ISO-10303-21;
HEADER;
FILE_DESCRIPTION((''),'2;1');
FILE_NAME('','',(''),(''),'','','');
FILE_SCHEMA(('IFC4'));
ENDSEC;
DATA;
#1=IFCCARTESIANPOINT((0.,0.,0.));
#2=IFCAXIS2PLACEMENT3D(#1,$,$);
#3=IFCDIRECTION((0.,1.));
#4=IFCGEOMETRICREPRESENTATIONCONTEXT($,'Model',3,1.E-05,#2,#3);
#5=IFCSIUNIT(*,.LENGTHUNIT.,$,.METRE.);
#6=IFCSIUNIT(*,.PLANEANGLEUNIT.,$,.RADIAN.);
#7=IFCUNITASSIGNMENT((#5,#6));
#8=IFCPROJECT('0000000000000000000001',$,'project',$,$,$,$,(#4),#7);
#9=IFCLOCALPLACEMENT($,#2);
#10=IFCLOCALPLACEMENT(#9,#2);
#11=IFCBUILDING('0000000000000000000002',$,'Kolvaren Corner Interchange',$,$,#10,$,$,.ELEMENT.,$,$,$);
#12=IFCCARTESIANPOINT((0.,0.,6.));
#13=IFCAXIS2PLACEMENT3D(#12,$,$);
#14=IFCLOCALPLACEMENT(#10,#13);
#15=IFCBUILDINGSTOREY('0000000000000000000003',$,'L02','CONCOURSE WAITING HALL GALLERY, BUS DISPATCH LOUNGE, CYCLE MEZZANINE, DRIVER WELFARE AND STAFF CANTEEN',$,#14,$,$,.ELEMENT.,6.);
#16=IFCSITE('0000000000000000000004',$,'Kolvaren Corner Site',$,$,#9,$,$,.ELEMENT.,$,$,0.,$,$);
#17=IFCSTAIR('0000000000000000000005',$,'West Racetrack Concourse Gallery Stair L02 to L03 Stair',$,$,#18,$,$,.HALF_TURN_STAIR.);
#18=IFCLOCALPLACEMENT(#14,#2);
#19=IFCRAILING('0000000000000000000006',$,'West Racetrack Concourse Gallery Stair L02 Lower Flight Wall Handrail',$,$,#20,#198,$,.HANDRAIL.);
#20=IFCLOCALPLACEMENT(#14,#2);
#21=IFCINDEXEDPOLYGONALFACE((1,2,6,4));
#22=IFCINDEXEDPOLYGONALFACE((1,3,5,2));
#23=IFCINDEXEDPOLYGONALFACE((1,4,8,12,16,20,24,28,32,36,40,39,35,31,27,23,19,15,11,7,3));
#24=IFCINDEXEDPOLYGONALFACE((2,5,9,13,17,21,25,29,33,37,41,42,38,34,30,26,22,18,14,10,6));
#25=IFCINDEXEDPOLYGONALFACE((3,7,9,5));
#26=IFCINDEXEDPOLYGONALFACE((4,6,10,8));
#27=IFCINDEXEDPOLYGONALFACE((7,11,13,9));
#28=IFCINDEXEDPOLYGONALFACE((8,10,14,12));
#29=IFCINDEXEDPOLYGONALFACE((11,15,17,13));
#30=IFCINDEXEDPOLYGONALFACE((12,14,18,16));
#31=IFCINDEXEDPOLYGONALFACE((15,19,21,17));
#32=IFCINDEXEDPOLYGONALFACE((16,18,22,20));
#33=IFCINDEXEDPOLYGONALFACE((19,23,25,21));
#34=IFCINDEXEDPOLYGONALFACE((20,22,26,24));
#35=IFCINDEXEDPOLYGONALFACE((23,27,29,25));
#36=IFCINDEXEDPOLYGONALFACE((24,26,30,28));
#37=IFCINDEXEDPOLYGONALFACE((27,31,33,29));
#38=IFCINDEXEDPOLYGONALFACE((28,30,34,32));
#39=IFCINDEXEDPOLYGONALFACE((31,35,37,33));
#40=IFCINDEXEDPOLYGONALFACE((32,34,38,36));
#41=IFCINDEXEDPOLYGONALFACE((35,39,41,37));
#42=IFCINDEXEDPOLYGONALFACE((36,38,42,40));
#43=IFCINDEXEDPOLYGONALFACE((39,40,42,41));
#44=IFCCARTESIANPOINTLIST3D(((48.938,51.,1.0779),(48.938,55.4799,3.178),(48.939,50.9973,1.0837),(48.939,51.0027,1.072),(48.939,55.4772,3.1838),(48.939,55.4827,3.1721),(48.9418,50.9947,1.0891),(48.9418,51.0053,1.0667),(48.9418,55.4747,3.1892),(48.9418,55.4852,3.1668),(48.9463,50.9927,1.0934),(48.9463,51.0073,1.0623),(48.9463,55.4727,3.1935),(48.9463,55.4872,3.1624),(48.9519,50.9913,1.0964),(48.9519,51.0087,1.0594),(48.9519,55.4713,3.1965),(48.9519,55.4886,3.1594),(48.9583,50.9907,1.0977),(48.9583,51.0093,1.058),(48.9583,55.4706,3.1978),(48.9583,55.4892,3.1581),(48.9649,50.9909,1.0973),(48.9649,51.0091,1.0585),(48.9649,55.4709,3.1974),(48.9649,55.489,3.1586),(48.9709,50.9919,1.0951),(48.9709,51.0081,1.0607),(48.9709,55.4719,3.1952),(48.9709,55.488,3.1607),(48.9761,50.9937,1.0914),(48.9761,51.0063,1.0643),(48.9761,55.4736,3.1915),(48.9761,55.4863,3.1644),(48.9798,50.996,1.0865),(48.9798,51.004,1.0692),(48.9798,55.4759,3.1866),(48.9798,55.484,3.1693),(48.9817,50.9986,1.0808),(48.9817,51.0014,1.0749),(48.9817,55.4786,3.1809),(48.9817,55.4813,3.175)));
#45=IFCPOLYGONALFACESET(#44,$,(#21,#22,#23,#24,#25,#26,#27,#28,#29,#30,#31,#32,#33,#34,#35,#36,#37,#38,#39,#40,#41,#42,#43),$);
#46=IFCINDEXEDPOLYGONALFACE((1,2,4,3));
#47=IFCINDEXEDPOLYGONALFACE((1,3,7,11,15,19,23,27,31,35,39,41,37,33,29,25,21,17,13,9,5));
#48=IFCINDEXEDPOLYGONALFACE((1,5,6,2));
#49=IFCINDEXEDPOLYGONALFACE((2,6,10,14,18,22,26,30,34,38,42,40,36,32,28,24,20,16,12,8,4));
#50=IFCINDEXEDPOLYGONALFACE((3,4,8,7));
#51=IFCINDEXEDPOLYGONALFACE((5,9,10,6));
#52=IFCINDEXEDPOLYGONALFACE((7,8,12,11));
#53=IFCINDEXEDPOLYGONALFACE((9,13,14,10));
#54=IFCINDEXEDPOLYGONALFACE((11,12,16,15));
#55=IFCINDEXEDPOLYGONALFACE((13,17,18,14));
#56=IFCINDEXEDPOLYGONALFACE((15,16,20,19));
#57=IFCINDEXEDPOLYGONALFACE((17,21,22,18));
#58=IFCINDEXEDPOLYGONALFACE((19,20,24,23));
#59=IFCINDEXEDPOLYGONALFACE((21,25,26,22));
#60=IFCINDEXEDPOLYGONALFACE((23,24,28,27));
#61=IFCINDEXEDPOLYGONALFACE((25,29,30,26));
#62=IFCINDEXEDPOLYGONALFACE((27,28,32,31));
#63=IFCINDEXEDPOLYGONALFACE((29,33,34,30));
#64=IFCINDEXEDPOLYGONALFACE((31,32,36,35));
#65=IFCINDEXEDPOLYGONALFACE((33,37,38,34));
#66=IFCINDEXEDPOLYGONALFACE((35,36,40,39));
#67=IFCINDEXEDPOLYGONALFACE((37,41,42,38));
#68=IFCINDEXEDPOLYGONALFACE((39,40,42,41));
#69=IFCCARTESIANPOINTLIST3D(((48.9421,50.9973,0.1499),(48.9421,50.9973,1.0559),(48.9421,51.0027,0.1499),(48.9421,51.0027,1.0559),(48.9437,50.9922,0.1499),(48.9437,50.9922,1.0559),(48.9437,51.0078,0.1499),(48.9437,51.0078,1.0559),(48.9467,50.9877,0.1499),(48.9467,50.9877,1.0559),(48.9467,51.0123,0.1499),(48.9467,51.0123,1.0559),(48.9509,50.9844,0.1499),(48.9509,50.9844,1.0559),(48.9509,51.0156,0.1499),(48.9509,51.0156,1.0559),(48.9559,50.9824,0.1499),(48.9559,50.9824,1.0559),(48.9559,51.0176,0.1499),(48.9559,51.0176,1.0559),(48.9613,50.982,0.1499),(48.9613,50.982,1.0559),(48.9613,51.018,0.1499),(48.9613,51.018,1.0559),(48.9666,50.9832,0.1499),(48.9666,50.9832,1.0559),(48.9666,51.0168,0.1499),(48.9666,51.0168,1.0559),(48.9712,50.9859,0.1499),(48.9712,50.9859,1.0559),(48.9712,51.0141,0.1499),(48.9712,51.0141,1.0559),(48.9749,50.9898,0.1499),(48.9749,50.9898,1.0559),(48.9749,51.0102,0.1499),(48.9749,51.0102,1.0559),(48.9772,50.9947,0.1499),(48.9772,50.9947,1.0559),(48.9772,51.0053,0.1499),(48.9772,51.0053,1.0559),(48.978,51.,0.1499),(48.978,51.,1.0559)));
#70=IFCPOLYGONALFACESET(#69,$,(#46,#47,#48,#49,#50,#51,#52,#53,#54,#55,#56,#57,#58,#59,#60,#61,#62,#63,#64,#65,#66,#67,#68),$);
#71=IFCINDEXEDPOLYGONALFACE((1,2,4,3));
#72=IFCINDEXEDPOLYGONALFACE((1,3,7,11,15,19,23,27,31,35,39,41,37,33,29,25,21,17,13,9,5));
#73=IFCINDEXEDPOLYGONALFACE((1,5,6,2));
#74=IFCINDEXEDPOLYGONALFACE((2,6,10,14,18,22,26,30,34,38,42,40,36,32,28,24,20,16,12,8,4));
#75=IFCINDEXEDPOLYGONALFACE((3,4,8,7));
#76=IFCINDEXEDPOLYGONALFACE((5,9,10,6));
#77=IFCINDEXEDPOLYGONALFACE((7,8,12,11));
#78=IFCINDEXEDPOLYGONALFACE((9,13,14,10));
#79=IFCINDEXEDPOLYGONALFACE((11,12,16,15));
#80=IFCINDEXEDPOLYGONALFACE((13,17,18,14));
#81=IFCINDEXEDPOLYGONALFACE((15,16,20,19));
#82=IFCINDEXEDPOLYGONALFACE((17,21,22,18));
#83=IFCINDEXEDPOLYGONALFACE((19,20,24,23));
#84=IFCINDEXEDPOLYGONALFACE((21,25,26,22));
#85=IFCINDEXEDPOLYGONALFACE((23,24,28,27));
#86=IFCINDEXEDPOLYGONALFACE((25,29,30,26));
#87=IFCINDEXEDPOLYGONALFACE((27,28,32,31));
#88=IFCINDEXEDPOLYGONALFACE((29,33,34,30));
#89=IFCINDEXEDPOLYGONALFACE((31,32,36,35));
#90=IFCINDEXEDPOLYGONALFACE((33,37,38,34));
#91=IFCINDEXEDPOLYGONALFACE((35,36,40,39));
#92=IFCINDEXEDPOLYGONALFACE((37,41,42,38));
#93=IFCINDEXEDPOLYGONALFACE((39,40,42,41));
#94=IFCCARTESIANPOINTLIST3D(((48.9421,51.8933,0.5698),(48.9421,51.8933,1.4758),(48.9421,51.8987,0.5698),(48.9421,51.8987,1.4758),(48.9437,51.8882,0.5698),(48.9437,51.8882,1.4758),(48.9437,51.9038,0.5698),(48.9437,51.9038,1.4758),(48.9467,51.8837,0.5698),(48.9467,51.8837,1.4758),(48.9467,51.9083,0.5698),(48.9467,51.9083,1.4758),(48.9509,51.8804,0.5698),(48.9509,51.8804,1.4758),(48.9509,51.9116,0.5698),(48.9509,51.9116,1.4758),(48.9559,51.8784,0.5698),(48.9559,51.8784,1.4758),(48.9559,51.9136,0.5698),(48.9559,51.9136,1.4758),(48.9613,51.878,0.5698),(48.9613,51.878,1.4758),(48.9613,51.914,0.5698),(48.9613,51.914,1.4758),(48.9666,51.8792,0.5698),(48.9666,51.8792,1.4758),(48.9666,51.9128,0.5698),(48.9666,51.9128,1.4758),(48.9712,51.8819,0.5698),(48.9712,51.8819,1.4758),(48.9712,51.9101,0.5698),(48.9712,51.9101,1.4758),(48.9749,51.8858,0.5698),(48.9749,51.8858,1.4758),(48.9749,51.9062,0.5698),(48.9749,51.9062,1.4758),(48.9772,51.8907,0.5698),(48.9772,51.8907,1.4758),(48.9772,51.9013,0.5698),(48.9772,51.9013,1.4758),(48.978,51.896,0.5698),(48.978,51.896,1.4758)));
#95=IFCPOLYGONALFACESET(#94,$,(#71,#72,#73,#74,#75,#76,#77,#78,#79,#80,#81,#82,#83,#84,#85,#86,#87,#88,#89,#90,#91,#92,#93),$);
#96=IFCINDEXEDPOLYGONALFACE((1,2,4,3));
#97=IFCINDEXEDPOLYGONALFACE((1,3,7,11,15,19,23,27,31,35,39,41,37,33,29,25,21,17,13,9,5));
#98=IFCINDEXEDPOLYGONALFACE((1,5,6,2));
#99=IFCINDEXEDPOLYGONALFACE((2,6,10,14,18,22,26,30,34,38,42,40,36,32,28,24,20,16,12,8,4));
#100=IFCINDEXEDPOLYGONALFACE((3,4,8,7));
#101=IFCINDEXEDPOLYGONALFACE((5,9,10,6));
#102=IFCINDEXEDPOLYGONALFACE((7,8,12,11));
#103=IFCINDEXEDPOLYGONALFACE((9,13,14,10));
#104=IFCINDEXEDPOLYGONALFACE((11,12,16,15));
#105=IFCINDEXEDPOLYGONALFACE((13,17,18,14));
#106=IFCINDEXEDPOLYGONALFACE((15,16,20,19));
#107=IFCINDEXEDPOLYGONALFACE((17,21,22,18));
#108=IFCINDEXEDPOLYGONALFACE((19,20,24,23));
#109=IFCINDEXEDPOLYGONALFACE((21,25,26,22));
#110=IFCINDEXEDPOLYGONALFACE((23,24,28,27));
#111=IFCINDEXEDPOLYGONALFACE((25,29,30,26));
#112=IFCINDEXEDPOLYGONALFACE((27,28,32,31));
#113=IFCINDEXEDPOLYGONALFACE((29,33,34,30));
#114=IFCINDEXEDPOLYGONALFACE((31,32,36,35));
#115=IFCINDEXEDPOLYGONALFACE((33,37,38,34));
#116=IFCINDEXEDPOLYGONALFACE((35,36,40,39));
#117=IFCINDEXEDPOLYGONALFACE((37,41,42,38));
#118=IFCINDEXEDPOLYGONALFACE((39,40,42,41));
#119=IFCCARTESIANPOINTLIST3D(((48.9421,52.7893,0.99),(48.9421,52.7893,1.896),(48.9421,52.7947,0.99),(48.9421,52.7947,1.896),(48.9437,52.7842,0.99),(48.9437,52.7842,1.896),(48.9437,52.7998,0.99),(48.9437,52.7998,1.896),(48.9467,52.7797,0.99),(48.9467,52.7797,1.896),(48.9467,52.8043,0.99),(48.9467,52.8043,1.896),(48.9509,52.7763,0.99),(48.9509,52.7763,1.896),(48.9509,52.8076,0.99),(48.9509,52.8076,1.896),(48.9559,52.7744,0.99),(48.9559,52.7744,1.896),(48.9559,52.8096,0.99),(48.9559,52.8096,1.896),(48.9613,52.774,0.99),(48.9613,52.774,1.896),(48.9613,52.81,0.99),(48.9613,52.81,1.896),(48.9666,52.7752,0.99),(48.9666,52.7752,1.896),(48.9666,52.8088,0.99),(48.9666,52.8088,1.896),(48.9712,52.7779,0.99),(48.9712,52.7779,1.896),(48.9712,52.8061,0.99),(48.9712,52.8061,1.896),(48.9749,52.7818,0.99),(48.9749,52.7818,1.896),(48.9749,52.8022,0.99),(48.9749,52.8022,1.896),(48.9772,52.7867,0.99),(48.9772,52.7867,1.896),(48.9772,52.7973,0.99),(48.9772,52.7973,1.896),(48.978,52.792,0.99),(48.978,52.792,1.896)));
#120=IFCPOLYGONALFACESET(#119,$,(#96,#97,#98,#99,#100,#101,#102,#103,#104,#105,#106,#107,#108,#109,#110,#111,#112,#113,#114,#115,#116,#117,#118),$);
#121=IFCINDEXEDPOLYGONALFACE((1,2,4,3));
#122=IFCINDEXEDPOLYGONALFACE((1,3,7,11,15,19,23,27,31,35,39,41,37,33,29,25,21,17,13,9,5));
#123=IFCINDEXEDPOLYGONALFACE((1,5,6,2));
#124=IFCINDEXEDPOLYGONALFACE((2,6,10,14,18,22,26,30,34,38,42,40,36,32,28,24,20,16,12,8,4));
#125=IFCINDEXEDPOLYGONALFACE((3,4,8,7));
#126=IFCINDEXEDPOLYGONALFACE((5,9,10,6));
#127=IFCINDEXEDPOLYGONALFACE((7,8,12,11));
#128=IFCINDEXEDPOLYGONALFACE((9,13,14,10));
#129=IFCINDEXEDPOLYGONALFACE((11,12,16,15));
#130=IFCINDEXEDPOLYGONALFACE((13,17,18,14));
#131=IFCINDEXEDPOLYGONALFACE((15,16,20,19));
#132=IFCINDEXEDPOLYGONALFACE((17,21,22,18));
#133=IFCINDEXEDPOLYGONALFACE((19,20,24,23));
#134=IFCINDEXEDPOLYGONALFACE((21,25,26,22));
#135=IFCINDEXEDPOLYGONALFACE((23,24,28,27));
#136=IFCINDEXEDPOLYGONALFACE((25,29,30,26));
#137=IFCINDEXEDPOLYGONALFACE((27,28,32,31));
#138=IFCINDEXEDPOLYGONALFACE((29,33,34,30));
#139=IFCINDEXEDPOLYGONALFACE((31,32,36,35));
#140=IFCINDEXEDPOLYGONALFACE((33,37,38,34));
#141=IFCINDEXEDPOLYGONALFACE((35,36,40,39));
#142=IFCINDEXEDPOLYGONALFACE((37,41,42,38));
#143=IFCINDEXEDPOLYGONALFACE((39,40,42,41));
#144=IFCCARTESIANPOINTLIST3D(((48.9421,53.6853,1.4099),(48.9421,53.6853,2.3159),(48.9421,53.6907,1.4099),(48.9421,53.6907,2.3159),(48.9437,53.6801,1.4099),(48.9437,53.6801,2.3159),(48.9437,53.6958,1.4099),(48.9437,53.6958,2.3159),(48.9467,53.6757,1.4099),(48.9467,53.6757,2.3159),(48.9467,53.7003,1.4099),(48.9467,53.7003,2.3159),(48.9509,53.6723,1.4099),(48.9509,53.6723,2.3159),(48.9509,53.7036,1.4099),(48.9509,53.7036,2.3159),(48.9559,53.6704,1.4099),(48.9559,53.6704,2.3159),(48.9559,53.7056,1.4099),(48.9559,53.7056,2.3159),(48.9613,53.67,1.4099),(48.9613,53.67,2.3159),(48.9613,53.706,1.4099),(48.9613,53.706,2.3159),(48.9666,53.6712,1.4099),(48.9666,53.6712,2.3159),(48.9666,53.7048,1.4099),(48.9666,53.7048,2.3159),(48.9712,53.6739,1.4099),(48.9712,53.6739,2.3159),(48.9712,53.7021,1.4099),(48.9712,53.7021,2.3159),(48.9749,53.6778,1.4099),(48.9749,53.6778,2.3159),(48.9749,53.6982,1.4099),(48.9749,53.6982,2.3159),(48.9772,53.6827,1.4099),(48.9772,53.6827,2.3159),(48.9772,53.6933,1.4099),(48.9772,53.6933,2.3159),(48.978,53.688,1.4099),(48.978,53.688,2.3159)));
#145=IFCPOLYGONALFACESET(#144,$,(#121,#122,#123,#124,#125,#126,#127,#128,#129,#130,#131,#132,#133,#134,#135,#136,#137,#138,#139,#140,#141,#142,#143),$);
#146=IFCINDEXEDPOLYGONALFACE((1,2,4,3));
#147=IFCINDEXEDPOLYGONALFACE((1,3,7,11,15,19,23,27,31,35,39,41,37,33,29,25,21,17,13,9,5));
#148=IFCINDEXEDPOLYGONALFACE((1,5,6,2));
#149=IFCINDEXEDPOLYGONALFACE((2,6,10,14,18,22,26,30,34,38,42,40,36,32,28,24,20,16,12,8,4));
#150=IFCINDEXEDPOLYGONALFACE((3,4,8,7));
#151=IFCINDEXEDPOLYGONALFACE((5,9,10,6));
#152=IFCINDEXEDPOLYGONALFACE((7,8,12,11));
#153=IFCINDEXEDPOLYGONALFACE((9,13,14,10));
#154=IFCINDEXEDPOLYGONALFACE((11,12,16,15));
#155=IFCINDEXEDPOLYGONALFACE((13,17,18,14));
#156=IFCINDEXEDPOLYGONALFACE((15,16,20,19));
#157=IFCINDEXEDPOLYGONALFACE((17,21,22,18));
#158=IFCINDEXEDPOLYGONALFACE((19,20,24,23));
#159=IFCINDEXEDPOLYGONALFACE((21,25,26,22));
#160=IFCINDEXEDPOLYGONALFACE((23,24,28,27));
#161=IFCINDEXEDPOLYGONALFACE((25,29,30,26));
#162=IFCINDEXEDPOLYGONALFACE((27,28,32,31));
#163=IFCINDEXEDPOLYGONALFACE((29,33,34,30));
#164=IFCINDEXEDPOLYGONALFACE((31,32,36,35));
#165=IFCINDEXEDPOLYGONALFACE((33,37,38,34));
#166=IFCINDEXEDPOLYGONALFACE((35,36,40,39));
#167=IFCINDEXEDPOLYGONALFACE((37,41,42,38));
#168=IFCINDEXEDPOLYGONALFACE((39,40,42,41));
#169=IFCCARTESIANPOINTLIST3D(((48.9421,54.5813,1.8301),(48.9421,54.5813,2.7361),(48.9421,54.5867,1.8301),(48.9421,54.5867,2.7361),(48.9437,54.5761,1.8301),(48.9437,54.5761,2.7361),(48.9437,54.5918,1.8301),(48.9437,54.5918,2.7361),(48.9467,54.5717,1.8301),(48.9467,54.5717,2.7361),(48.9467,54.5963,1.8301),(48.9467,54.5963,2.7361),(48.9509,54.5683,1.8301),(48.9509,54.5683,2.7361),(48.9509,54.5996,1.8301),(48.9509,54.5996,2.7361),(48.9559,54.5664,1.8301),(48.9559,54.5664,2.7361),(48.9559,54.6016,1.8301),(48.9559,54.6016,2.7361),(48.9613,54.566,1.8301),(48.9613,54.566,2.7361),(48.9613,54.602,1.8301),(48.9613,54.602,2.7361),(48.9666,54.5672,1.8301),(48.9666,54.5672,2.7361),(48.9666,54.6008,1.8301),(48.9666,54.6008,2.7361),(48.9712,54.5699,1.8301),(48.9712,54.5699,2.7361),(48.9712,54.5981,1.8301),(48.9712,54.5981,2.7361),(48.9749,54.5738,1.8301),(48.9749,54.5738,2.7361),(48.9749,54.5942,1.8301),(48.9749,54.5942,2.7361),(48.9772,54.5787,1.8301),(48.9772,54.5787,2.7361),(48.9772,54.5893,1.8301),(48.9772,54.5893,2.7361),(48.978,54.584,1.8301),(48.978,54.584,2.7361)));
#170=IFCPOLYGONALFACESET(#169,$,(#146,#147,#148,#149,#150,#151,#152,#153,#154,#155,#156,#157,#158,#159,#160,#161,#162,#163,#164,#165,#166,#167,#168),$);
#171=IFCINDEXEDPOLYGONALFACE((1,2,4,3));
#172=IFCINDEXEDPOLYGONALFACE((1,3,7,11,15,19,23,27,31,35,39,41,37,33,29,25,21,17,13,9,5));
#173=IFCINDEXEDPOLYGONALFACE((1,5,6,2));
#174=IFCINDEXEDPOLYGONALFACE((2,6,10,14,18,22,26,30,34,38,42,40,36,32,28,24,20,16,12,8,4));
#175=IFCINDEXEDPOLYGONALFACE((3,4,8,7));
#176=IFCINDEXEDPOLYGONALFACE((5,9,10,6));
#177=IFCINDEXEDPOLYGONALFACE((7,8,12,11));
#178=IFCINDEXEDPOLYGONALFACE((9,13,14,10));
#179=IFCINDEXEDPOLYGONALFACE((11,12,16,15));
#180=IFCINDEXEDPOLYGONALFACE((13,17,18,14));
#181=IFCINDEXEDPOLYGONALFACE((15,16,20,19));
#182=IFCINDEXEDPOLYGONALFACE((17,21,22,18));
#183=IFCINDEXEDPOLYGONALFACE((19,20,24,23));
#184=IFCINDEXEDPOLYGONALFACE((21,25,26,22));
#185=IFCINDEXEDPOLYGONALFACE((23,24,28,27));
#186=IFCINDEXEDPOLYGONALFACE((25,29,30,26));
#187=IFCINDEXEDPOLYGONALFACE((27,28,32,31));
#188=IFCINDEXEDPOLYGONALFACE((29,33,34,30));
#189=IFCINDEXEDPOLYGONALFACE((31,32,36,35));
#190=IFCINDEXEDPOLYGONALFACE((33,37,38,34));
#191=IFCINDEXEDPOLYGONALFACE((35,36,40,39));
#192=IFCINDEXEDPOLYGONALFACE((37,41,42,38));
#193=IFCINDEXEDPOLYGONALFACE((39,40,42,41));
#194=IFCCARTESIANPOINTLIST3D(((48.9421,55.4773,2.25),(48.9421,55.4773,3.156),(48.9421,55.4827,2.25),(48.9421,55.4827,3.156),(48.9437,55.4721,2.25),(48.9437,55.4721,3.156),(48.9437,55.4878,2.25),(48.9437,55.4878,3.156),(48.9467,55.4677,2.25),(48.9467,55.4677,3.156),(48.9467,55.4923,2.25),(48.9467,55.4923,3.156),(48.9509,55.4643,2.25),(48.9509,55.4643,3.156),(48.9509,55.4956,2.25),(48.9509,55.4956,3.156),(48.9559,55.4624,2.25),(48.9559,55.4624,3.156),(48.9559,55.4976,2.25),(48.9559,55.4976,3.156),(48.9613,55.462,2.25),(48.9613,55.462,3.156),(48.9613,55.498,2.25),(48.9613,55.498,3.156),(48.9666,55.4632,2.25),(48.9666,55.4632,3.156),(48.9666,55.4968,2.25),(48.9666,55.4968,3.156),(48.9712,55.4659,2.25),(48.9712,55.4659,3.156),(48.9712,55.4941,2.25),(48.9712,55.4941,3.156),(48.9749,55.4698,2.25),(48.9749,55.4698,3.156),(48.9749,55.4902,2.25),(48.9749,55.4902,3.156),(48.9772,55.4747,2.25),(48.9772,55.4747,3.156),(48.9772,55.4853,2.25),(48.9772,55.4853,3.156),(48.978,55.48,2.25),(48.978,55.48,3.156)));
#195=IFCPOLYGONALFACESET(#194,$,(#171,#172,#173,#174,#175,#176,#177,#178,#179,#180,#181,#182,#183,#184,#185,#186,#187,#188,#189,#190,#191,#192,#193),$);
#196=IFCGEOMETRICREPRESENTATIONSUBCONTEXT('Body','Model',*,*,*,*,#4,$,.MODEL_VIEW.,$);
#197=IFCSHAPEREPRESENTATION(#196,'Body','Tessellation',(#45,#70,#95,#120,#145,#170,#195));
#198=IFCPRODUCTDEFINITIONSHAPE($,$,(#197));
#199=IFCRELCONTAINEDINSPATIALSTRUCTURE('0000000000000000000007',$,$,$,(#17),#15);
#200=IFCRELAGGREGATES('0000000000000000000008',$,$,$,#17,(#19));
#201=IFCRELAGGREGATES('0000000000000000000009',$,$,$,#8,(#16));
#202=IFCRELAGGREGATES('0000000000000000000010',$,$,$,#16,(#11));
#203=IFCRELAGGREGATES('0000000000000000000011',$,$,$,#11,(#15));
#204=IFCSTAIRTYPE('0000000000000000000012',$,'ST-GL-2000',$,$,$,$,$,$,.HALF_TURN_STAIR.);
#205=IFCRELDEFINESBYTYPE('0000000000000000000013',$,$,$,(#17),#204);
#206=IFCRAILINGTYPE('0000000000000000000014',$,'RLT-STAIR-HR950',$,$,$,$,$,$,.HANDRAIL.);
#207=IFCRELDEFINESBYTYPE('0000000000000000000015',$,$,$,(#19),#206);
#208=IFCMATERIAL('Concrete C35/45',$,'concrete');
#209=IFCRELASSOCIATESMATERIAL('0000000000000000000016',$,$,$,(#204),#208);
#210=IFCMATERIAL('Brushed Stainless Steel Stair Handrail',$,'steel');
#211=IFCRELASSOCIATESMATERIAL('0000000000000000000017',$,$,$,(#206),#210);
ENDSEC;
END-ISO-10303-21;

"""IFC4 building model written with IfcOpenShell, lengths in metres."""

from ifc_helpers import new_model, si_unit, direction, frame, origin, origin_2d, place, context, subcontext, project, spatial, circle, extrude, material, type_object, element, aggregate, save


model = new_model("IFC4")

# Units and contexts
model_context = context("Model", 3, precision=1e-05, world=origin(), true_north=direction((0.0, 1.0)))
body_context = subcontext(model_context, "Body", "Model", "MODEL_VIEW")
ifc_project = project(units=[si_unit("LENGTHUNIT", "METRE"), si_unit("PLANEANGLEUNIT", "RADIAN")], contexts=[model_context])

# Site, building, storey
site_placement = place(None, origin())
site = spatial("IfcSite", under=ifc_project, at=site_placement, Name="Kolvaren Corner Site", CompositionType="ELEMENT", RefElevation=0.0)
building_placement = place(site_placement, origin())
building = spatial("IfcBuilding", under=site, at=building_placement, Name="Kolvaren Corner Interchange", CompositionType="ELEMENT")
storey_placement = place(building_placement, frame((0.0, 0.0, 6.0)))
storey = spatial("IfcBuildingStorey", under=building, at=storey_placement, Name="L02", Description="CONCOURSE WAITING HALL GALLERY, BUS DISPATCH LOUNGE, CYCLE MEZZANINE, DRIVER WELFARE AND STAFF CANTEEN", CompositionType="ELEMENT", Elevation=6.0)

# Stair
ifc_material_1 = material(Name="Concrete C35/45", Category="concrete")
stair_type = type_object("IfcStairType", Name="ST-GL-2000", PredefinedType="HALF_TURN_STAIR", material=ifc_material_1)
stair_placement = place(storey_placement, origin())
stair = element("IfcStair", 1, at=stair_placement, inside=storey, type_object=stair_type, Name="West Racetrack Concourse Gallery Stair L02 to L03 Stair", PredefinedType="HALF_TURN_STAIR")

# Railing
ifc_material_2 = material(Name="Brushed Stainless Steel Stair Handrail", Category="steel")
railing_type_1 = type_object("IfcRailingType", Name="RLT-STAIR-HR950", PredefinedType="HANDRAIL", material=ifc_material_2)
railing_1_placement = place(storey_placement, frame((48.96, 51.0, 0.1499)))
railing_1 = element("IfcRailing", 2, at=railing_1_placement, type_object=railing_type_1, Name="West Racetrack Concourse Gallery Stair L02 Lower Flight Wall Handrail", PredefinedType="HANDRAIL", context=body_context, shape_type="SweptSolid", body=[
    extrude(circle(Radius=0.022, at=origin_2d()), frame((0.0, 0.0, 0.928), z_axis=(0.0, 0.905451, 0.424452), x_axis=(-1.0, 0.0, 0.0)), (0.0, 0.0, 1.0), 4.9478),
    extrude(circle(Radius=0.0181, at=origin_2d()), origin(), (0.0, 0.0, 1.0), 0.906),
    extrude(circle(Radius=0.0181, at=origin_2d()), frame((0.0, 0.896, 0.4199)), (0.0, 0.0, 1.0), 0.906),
    extrude(circle(Radius=0.0181, at=origin_2d()), frame((0.0, 1.792, 0.8401)), (0.0, 0.0, 1.0), 0.906),
    extrude(circle(Radius=0.0181, at=origin_2d()), frame((0.0, 2.688, 1.26)), (0.0, 0.0, 1.0), 0.906),
    extrude(circle(Radius=0.0181, at=origin_2d()), frame((0.0, 3.584, 1.6802)), (0.0, 0.0, 1.0), 0.906),
    extrude(circle(Radius=0.0181, at=origin_2d()), frame((0.0, 4.48, 2.1001)), (0.0, 0.0, 1.0), 0.906),
])
aggregate(stair, [railing_1])

save(model, "model.ifc")
